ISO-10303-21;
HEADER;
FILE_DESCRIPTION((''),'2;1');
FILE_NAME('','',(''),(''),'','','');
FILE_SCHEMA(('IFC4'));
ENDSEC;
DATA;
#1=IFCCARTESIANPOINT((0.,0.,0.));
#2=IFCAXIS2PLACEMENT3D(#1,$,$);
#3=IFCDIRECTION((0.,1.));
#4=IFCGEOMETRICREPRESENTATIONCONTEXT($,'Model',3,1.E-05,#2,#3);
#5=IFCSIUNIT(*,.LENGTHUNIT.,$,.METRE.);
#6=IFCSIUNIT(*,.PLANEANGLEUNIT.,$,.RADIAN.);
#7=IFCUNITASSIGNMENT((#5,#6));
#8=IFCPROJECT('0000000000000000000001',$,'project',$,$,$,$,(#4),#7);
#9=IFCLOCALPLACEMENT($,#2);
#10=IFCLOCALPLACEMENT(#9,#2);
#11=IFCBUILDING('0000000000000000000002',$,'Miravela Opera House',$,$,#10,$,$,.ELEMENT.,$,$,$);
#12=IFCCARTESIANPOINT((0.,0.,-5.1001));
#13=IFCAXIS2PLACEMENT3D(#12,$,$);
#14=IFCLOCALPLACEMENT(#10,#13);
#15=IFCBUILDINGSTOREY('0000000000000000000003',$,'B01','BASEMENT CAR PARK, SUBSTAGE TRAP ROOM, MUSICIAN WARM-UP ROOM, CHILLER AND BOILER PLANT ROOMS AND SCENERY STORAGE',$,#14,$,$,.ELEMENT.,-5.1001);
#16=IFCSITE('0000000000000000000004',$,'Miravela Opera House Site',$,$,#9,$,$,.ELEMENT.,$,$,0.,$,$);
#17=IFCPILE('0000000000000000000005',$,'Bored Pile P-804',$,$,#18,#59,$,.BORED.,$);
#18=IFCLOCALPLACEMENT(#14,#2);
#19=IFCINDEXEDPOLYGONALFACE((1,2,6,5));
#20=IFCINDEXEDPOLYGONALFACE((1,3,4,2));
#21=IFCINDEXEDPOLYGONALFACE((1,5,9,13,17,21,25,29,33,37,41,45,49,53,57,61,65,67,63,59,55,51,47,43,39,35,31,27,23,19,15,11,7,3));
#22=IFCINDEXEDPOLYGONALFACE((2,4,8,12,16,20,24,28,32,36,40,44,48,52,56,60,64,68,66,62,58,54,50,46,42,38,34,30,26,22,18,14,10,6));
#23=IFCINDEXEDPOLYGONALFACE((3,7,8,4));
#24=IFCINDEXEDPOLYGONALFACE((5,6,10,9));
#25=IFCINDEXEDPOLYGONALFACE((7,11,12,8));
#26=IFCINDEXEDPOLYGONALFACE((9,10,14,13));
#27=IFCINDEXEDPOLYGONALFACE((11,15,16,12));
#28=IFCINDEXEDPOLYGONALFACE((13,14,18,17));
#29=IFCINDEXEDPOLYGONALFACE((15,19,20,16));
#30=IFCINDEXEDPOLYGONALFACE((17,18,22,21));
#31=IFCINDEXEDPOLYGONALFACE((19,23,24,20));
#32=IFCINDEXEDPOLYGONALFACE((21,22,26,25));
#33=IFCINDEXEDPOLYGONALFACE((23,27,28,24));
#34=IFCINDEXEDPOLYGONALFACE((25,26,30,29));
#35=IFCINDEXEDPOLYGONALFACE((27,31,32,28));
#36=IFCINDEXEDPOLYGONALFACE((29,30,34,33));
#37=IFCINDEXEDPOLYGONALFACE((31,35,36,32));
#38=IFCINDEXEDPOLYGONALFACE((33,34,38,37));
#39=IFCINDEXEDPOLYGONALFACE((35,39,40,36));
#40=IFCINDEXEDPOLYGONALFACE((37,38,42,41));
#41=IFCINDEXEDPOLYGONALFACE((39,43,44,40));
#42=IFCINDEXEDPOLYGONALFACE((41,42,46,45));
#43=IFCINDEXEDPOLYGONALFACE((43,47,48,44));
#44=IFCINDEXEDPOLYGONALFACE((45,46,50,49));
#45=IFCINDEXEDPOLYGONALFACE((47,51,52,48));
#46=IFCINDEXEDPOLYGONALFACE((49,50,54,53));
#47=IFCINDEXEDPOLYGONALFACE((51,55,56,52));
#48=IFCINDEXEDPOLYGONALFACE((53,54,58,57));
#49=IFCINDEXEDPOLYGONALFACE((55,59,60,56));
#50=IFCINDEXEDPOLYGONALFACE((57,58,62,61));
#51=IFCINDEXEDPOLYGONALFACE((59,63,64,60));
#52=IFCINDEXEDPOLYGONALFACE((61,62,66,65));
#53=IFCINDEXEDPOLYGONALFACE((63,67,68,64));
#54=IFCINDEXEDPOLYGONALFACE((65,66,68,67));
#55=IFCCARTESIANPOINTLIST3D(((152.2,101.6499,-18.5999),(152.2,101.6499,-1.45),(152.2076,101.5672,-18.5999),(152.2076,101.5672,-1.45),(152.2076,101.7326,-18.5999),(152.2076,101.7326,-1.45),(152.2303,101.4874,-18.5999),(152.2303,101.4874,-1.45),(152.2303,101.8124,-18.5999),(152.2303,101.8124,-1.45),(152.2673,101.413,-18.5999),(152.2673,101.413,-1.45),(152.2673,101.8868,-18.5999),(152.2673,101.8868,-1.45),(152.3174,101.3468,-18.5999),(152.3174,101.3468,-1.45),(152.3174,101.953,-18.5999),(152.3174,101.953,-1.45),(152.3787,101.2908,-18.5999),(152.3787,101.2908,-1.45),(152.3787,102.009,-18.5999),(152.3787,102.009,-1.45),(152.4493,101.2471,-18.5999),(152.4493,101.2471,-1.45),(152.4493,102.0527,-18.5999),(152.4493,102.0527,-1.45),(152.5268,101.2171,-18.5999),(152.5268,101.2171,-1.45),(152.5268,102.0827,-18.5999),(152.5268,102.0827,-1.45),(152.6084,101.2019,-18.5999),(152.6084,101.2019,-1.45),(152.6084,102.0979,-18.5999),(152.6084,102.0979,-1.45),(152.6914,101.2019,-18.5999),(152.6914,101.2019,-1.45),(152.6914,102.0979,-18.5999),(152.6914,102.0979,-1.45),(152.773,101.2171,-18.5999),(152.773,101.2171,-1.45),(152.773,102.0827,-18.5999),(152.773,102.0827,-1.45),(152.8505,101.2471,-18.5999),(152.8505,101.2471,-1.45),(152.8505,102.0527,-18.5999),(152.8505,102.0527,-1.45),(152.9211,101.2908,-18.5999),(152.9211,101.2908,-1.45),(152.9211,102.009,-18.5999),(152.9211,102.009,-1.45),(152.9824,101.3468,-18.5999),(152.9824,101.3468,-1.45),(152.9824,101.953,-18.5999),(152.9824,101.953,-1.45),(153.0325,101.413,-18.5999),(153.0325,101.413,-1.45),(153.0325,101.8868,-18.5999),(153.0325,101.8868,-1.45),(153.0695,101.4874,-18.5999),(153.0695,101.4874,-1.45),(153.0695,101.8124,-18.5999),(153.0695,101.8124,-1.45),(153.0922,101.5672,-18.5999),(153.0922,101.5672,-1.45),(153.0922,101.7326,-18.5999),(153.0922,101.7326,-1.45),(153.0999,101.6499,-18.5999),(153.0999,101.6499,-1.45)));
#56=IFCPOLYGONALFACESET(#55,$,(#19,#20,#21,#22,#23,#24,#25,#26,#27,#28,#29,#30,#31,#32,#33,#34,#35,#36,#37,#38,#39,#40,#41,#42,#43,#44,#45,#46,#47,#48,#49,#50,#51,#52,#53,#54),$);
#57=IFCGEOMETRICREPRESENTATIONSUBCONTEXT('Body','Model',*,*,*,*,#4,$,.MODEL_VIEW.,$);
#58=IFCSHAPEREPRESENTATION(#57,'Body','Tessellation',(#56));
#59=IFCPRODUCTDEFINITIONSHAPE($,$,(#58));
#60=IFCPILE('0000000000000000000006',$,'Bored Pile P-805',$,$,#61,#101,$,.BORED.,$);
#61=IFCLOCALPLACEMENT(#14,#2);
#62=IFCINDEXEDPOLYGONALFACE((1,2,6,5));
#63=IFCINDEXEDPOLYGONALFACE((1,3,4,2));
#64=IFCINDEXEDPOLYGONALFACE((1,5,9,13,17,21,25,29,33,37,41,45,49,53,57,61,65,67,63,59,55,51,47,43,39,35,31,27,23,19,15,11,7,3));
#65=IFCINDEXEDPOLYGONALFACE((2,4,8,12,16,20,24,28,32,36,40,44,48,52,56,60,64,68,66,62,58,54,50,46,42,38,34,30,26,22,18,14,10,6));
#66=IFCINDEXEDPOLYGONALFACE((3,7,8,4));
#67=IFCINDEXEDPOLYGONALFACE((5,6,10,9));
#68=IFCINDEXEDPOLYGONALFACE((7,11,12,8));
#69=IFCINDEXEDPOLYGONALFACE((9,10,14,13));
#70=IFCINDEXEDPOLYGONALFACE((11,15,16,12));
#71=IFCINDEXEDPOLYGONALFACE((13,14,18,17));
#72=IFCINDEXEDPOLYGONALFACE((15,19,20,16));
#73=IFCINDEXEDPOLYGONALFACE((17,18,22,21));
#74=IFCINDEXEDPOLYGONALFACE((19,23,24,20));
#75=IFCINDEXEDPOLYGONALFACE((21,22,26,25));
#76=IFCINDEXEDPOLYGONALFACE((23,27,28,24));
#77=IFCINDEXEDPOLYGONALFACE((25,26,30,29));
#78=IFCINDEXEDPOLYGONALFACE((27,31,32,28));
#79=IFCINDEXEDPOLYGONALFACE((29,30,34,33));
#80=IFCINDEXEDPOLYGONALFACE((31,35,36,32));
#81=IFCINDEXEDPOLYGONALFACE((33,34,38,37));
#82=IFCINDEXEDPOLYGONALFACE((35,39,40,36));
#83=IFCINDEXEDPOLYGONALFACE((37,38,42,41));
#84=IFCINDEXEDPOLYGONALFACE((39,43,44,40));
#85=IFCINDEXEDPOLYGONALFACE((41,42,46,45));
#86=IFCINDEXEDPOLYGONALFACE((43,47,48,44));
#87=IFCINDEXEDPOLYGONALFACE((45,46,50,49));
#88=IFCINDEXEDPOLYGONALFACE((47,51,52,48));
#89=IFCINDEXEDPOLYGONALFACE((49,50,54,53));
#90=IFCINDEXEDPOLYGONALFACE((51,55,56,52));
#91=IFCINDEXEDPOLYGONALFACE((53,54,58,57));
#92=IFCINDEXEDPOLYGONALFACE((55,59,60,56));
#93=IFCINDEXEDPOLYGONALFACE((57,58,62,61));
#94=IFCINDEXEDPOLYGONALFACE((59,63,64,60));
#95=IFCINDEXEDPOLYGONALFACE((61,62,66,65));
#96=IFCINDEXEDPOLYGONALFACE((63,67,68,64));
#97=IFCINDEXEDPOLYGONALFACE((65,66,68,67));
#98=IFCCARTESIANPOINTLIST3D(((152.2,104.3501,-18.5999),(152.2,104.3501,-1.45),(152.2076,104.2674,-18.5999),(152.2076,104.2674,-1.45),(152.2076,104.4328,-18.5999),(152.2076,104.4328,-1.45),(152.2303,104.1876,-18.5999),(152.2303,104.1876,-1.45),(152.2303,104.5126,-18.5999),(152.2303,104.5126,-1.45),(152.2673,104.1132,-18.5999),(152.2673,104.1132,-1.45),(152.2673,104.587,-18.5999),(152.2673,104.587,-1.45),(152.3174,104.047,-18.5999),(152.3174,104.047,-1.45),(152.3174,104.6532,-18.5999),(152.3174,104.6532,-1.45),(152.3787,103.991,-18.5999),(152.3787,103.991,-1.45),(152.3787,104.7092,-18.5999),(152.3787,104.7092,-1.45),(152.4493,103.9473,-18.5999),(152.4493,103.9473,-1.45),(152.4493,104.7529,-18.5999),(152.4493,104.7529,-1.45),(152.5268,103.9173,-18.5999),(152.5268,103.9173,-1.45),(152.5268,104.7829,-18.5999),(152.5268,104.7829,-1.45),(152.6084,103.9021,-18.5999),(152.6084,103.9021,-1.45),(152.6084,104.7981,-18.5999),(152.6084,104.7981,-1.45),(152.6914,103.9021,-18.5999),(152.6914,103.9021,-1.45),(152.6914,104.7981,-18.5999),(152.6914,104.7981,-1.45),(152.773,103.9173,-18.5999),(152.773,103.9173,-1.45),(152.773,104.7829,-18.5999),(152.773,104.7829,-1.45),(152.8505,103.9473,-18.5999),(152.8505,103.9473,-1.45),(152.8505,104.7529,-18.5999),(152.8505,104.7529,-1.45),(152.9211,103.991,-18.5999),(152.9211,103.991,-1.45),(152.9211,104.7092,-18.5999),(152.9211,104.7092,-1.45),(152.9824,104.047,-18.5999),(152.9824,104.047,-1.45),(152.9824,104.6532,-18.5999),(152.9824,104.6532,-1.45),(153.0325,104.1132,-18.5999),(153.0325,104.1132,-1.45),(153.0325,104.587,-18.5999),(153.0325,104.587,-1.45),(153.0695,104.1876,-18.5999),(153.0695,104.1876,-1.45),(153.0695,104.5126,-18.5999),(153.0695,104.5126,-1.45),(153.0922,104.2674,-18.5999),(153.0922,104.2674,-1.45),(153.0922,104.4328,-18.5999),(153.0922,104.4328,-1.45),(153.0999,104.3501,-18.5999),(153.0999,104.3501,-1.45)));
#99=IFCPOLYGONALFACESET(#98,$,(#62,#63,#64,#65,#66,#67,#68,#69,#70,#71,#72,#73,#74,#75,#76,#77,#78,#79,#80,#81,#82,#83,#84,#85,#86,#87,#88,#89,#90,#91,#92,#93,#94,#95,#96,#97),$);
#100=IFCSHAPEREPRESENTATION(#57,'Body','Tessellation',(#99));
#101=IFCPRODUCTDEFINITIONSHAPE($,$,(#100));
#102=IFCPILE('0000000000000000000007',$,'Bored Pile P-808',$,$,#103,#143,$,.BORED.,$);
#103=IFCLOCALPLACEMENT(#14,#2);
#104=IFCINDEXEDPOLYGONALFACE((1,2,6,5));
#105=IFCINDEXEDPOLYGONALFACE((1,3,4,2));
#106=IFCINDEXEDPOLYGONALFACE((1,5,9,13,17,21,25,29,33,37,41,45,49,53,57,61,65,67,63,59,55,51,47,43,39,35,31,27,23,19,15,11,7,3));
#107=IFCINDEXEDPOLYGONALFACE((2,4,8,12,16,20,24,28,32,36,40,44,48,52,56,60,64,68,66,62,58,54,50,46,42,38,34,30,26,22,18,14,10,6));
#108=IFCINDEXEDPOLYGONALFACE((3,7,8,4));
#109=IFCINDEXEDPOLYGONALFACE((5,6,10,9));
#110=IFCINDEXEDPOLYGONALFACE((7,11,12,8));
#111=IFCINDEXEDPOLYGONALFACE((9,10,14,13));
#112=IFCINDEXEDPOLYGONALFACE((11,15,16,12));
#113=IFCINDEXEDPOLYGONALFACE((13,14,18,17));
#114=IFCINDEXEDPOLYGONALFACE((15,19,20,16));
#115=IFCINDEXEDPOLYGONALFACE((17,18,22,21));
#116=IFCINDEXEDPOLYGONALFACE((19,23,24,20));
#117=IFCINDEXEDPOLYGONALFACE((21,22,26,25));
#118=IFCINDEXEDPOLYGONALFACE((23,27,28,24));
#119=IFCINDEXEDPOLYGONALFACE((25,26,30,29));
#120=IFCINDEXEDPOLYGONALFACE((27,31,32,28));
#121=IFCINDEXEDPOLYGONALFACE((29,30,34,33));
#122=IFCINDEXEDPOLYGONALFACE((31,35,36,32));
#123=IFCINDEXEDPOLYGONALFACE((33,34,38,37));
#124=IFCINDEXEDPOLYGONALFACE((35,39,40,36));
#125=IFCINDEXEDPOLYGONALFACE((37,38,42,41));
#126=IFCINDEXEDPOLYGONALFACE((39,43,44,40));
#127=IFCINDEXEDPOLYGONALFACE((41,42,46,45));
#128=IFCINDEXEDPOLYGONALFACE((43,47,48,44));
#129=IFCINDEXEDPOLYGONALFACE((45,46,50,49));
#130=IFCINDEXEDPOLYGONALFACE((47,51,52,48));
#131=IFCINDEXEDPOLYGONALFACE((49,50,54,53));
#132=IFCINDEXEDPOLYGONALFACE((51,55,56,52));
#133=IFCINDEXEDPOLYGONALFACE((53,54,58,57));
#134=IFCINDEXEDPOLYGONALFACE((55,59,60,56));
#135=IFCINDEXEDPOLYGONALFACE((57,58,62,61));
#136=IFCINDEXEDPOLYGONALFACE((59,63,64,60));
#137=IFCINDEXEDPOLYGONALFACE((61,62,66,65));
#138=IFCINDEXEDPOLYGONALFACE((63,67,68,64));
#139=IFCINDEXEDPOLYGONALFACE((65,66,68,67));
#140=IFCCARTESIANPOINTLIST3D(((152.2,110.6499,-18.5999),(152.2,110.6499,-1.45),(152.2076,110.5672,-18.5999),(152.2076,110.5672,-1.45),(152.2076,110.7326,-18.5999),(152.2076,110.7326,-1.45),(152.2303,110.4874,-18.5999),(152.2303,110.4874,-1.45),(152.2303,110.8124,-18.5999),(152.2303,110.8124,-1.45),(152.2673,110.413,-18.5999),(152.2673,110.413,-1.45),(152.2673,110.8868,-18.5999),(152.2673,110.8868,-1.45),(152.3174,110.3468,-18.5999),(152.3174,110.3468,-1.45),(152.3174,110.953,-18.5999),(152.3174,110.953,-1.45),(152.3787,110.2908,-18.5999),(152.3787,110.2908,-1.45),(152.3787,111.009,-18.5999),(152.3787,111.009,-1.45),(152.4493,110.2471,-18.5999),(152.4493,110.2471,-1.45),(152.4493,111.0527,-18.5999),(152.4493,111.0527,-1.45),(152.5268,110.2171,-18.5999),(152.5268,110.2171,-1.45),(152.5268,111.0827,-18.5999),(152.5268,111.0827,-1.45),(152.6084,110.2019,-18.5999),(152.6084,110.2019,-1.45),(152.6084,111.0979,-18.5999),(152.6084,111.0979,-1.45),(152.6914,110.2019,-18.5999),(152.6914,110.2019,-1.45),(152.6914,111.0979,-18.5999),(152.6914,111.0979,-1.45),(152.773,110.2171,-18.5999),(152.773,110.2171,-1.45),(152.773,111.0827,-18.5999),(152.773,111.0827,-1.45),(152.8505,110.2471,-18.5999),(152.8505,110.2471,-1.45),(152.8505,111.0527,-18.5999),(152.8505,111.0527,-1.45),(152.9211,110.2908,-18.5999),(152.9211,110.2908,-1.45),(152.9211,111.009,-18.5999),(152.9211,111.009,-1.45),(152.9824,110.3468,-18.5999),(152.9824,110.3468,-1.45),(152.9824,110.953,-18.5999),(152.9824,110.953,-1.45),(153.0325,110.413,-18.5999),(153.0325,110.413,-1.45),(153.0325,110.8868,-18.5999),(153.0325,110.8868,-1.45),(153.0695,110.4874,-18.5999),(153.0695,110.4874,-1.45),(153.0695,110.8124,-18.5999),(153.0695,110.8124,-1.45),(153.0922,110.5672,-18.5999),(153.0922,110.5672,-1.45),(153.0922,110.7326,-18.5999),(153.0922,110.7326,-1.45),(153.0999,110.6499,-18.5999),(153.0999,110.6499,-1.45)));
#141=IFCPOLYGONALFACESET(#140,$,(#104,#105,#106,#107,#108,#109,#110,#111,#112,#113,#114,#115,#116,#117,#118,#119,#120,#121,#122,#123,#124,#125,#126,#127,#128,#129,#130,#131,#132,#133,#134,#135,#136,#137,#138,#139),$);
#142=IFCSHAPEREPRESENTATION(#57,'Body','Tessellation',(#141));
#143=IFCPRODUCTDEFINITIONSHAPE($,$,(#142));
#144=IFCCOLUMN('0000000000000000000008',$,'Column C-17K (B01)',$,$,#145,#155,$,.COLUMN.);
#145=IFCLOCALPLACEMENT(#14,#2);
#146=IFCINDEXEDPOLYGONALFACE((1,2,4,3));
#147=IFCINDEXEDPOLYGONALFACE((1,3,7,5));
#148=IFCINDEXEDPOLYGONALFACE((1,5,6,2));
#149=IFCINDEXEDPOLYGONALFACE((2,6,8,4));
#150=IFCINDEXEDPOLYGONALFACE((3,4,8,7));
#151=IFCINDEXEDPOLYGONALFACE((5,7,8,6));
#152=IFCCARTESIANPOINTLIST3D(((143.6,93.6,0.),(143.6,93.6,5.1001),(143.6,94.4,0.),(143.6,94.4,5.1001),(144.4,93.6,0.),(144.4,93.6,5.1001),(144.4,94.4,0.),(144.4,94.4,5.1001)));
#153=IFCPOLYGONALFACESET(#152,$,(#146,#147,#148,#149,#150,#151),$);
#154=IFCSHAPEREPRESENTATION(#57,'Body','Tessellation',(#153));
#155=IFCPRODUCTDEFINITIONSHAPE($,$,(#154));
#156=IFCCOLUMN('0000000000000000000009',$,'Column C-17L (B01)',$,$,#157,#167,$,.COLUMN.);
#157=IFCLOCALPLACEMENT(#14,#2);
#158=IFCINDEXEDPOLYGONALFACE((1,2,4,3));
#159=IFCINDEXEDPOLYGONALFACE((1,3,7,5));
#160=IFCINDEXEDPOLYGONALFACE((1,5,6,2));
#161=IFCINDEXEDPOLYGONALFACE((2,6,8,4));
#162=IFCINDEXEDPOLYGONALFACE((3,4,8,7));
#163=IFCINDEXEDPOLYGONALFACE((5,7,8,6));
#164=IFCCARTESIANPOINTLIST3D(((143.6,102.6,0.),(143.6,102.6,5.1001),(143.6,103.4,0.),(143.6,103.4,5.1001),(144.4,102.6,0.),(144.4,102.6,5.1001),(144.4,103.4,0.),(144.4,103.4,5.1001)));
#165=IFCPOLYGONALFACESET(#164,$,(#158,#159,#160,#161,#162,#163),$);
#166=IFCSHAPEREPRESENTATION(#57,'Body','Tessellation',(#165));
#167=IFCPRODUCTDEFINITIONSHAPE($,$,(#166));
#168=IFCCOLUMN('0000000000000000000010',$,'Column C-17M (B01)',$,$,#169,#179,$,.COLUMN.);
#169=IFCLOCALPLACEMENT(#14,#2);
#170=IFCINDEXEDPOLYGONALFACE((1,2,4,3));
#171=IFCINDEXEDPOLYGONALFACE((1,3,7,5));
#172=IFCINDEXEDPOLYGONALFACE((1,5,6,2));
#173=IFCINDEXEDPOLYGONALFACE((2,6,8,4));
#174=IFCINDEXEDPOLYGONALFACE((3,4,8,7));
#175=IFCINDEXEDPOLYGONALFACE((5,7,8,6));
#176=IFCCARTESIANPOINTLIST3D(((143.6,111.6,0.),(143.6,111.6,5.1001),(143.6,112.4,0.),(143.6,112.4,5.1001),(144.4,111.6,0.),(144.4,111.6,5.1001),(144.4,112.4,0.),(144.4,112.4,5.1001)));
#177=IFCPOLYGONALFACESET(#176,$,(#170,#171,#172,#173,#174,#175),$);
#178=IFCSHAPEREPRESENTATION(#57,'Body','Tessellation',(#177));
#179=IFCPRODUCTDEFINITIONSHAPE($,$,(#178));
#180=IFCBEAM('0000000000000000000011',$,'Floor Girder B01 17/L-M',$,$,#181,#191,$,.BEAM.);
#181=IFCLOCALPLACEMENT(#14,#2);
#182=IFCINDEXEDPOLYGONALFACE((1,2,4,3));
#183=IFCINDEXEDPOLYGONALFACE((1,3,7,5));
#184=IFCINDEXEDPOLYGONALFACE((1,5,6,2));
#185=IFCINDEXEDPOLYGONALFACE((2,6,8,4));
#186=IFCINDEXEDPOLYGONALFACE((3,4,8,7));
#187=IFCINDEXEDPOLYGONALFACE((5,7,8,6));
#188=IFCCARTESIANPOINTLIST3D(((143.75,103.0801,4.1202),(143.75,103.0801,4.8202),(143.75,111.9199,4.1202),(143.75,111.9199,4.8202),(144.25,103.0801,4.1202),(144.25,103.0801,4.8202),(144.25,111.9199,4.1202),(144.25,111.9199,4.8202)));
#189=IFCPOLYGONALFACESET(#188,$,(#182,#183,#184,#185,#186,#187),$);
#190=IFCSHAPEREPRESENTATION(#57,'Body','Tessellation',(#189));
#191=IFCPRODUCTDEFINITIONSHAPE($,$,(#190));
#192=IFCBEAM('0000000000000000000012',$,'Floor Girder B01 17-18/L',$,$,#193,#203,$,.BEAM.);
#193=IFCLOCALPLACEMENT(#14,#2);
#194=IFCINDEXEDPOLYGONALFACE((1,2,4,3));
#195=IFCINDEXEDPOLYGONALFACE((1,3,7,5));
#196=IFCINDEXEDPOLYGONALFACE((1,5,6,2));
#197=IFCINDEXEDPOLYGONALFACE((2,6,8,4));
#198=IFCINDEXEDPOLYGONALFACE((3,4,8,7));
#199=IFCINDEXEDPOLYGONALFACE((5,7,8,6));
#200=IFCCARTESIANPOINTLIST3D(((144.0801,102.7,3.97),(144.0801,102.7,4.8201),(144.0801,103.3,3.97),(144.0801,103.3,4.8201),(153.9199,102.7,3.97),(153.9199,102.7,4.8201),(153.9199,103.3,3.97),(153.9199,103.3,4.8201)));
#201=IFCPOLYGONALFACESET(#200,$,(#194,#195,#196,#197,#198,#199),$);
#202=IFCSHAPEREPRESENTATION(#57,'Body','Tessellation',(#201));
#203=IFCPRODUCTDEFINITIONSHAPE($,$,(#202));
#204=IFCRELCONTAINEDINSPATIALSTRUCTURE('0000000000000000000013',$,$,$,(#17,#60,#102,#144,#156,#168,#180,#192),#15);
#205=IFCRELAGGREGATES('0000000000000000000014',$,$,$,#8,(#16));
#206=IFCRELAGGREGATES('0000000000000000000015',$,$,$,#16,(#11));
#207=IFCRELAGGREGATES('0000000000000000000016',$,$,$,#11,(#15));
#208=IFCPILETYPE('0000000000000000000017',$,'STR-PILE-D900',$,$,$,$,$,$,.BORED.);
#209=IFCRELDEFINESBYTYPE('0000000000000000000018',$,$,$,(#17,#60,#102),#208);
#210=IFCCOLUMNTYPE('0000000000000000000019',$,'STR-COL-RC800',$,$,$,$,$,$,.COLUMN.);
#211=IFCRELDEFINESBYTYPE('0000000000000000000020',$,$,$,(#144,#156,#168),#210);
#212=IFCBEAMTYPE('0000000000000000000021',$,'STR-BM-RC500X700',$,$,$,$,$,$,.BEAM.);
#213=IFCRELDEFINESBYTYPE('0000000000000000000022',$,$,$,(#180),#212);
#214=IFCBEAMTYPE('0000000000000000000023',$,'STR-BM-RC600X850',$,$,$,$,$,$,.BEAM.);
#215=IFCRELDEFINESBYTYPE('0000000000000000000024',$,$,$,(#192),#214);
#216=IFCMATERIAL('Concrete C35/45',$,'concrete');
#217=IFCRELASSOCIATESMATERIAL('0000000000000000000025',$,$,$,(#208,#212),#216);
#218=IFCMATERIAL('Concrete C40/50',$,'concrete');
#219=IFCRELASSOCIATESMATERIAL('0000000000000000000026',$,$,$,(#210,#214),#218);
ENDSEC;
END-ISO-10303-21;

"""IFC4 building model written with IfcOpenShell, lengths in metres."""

from ifc_helpers import new_model, si_unit, direction, frame, origin, origin_2d, place, context, subcontext, project, spatial, rectangle, circle, extrude, material, material_profile, profile_set, type_object, element, save


model = new_model("IFC4")

# Units and contexts
model_context = context("Model", 3, precision=1e-05, world=origin(), true_north=direction((0.0, 1.0)))
body_context = subcontext(model_context, "Body", "Model", "MODEL_VIEW")
ifc_project = project(units=[si_unit("LENGTHUNIT", "METRE"), si_unit("PLANEANGLEUNIT", "RADIAN")], contexts=[model_context])

# Site, building, storey
site_placement = place(None, origin())
site = spatial("IfcSite", under=ifc_project, at=site_placement, Name="Miravela Opera House Site", CompositionType="ELEMENT", RefElevation=0.0)
building_placement = place(site_placement, origin())
building = spatial("IfcBuilding", under=site, at=building_placement, Name="Miravela Opera House", CompositionType="ELEMENT")
storey_placement = place(building_placement, frame((0.0, 0.0, -5.1001)))
storey = spatial("IfcBuildingStorey", under=building, at=storey_placement, Name="B01", Description="BASEMENT CAR PARK, SUBSTAGE TRAP ROOM, MUSICIAN WARM-UP ROOM, CHILLER AND BOILER PLANT ROOMS AND SCENERY STORAGE", CompositionType="ELEMENT", Elevation=-5.1001)

# Shared definitions
ifc_material_1 = material(Name="Concrete C35/45", Category="concrete")

# Piles
ifc_material_profile_1 = material_profile(ifc_material_1, circle(Radius=0.45, at=origin_2d()), Name="PILE-D900")
ifc_profile_set_1 = profile_set([ifc_material_profile_1])
pile_type = type_object("IfcPileType", Name="STR-PILE-D900", PredefinedType="BORED", material=ifc_profile_set_1)
for number, where, z_axis, x_axis, name in (
    (1, (152.6499, 101.6499, -1.45), (0.0, 0.0, -1.0), (1.0, 0.0, 0.0), "Bored Pile P-804"),
    (2, (152.6499, 104.3501, -1.45), (0.0, 0.0, -1.0), (1.0, 0.0, 0.0), "Bored Pile P-805"),
    (3, (152.6499, 110.6499, -1.45), (0.0, 0.0, -1.0), (1.0, 0.0, 0.0), "Bored Pile P-808"),
):
    element("IfcPile", number, at=place(storey_placement, frame(where, z_axis=z_axis, x_axis=x_axis)), inside=storey, type_object=pile_type, Name=name, PredefinedType="BORED", context=body_context, shape_type="SweptSolid", body=[
        extrude(circle(Radius=0.45, at=origin_2d()), origin(), (0.0, 0.0, 1.0), 17.1499),
    ])

# Columns
ifc_material_2 = material(Name="Concrete C40/50", Category="concrete")
ifc_material_profile_2 = material_profile(ifc_material_2, rectangle(XDim=0.8, YDim=0.8, at=origin_2d()), Name="RC-COL-800X800")
ifc_profile_set_2 = profile_set([ifc_material_profile_2])
column_type = type_object("IfcColumnType", Name="STR-COL-RC800", PredefinedType="COLUMN", material=ifc_profile_set_2)
for number, where, z_axis, x_axis, name in (
    (4, (144.0, 94.0, 0.0), (0.0, 0.0, 1.0), (1.0, 0.0, 0.0), "Column C-17K (B01)"),
    (5, (144.0, 103.0, 0.0), (0.0, 0.0, 1.0), (1.0, 0.0, 0.0), "Column C-17L (B01)"),
    (6, (144.0, 112.0, 0.0), (0.0, 0.0, 1.0), (1.0, 0.0, 0.0), "Column C-17M (B01)"),
):
    element("IfcColumn", number, at=place(storey_placement, frame(where, z_axis=z_axis, x_axis=x_axis)), inside=storey, type_object=column_type, Name=name, PredefinedType="COLUMN", context=body_context, shape_type="SweptSolid", body=[
        extrude(rectangle(XDim=0.8, YDim=0.8, at=origin_2d()), origin(), (0.0, 0.0, 1.0), 5.1001),
    ])

# Beams
ifc_material_profile_3 = material_profile(ifc_material_1, rectangle(XDim=0.5, YDim=0.7, at=origin_2d()), Name="RC-BM-500X700")
ifc_profile_set_3 = profile_set([ifc_material_profile_3])
beam_type_1 = type_object("IfcBeamType", Name="STR-BM-RC500X700", PredefinedType="BEAM", material=ifc_profile_set_3)
beam_1_placement = place(storey_placement, frame((144.0, 103.0801, 4.4702), z_axis=(0.0, 1.0, 0.0), x_axis=(-1.0, 0.0, 0.0)))
element("IfcBeam", 7, at=beam_1_placement, inside=storey, type_object=beam_type_1, Name="Floor Girder B01 17/L-M", PredefinedType="BEAM", context=body_context, shape_type="SweptSolid", body=[
    extrude(rectangle(XDim=0.5, YDim=0.7, at=origin_2d()), origin(), (0.0, 0.0, 1.0), 8.8398),
])
ifc_material_profile_4 = material_profile(ifc_material_2, rectangle(XDim=0.6001, YDim=0.8501, at=origin_2d()), Name="RC-BM-600X850")
ifc_profile_set_4 = profile_set([ifc_material_profile_4])
beam_type_2 = type_object("IfcBeamType", Name="STR-BM-RC600X850", PredefinedType="BEAM", material=ifc_profile_set_4)
beam_2_placement = place(storey_placement, frame((144.0801, 103.0, 4.395), z_axis=(1.0, 0.0, 0.0), x_axis=(0.0, 1.0, 0.0)))
element("IfcBeam", 8, at=beam_2_placement, inside=storey, type_object=beam_type_2, Name="Floor Girder B01 17-18/L", PredefinedType="BEAM", context=body_context, shape_type="SweptSolid", body=[
    extrude(rectangle(XDim=0.6001, YDim=0.8501, at=origin_2d()), origin(), (0.0, 0.0, 1.0), 9.8398),
])

save(model, "model.ifc")
